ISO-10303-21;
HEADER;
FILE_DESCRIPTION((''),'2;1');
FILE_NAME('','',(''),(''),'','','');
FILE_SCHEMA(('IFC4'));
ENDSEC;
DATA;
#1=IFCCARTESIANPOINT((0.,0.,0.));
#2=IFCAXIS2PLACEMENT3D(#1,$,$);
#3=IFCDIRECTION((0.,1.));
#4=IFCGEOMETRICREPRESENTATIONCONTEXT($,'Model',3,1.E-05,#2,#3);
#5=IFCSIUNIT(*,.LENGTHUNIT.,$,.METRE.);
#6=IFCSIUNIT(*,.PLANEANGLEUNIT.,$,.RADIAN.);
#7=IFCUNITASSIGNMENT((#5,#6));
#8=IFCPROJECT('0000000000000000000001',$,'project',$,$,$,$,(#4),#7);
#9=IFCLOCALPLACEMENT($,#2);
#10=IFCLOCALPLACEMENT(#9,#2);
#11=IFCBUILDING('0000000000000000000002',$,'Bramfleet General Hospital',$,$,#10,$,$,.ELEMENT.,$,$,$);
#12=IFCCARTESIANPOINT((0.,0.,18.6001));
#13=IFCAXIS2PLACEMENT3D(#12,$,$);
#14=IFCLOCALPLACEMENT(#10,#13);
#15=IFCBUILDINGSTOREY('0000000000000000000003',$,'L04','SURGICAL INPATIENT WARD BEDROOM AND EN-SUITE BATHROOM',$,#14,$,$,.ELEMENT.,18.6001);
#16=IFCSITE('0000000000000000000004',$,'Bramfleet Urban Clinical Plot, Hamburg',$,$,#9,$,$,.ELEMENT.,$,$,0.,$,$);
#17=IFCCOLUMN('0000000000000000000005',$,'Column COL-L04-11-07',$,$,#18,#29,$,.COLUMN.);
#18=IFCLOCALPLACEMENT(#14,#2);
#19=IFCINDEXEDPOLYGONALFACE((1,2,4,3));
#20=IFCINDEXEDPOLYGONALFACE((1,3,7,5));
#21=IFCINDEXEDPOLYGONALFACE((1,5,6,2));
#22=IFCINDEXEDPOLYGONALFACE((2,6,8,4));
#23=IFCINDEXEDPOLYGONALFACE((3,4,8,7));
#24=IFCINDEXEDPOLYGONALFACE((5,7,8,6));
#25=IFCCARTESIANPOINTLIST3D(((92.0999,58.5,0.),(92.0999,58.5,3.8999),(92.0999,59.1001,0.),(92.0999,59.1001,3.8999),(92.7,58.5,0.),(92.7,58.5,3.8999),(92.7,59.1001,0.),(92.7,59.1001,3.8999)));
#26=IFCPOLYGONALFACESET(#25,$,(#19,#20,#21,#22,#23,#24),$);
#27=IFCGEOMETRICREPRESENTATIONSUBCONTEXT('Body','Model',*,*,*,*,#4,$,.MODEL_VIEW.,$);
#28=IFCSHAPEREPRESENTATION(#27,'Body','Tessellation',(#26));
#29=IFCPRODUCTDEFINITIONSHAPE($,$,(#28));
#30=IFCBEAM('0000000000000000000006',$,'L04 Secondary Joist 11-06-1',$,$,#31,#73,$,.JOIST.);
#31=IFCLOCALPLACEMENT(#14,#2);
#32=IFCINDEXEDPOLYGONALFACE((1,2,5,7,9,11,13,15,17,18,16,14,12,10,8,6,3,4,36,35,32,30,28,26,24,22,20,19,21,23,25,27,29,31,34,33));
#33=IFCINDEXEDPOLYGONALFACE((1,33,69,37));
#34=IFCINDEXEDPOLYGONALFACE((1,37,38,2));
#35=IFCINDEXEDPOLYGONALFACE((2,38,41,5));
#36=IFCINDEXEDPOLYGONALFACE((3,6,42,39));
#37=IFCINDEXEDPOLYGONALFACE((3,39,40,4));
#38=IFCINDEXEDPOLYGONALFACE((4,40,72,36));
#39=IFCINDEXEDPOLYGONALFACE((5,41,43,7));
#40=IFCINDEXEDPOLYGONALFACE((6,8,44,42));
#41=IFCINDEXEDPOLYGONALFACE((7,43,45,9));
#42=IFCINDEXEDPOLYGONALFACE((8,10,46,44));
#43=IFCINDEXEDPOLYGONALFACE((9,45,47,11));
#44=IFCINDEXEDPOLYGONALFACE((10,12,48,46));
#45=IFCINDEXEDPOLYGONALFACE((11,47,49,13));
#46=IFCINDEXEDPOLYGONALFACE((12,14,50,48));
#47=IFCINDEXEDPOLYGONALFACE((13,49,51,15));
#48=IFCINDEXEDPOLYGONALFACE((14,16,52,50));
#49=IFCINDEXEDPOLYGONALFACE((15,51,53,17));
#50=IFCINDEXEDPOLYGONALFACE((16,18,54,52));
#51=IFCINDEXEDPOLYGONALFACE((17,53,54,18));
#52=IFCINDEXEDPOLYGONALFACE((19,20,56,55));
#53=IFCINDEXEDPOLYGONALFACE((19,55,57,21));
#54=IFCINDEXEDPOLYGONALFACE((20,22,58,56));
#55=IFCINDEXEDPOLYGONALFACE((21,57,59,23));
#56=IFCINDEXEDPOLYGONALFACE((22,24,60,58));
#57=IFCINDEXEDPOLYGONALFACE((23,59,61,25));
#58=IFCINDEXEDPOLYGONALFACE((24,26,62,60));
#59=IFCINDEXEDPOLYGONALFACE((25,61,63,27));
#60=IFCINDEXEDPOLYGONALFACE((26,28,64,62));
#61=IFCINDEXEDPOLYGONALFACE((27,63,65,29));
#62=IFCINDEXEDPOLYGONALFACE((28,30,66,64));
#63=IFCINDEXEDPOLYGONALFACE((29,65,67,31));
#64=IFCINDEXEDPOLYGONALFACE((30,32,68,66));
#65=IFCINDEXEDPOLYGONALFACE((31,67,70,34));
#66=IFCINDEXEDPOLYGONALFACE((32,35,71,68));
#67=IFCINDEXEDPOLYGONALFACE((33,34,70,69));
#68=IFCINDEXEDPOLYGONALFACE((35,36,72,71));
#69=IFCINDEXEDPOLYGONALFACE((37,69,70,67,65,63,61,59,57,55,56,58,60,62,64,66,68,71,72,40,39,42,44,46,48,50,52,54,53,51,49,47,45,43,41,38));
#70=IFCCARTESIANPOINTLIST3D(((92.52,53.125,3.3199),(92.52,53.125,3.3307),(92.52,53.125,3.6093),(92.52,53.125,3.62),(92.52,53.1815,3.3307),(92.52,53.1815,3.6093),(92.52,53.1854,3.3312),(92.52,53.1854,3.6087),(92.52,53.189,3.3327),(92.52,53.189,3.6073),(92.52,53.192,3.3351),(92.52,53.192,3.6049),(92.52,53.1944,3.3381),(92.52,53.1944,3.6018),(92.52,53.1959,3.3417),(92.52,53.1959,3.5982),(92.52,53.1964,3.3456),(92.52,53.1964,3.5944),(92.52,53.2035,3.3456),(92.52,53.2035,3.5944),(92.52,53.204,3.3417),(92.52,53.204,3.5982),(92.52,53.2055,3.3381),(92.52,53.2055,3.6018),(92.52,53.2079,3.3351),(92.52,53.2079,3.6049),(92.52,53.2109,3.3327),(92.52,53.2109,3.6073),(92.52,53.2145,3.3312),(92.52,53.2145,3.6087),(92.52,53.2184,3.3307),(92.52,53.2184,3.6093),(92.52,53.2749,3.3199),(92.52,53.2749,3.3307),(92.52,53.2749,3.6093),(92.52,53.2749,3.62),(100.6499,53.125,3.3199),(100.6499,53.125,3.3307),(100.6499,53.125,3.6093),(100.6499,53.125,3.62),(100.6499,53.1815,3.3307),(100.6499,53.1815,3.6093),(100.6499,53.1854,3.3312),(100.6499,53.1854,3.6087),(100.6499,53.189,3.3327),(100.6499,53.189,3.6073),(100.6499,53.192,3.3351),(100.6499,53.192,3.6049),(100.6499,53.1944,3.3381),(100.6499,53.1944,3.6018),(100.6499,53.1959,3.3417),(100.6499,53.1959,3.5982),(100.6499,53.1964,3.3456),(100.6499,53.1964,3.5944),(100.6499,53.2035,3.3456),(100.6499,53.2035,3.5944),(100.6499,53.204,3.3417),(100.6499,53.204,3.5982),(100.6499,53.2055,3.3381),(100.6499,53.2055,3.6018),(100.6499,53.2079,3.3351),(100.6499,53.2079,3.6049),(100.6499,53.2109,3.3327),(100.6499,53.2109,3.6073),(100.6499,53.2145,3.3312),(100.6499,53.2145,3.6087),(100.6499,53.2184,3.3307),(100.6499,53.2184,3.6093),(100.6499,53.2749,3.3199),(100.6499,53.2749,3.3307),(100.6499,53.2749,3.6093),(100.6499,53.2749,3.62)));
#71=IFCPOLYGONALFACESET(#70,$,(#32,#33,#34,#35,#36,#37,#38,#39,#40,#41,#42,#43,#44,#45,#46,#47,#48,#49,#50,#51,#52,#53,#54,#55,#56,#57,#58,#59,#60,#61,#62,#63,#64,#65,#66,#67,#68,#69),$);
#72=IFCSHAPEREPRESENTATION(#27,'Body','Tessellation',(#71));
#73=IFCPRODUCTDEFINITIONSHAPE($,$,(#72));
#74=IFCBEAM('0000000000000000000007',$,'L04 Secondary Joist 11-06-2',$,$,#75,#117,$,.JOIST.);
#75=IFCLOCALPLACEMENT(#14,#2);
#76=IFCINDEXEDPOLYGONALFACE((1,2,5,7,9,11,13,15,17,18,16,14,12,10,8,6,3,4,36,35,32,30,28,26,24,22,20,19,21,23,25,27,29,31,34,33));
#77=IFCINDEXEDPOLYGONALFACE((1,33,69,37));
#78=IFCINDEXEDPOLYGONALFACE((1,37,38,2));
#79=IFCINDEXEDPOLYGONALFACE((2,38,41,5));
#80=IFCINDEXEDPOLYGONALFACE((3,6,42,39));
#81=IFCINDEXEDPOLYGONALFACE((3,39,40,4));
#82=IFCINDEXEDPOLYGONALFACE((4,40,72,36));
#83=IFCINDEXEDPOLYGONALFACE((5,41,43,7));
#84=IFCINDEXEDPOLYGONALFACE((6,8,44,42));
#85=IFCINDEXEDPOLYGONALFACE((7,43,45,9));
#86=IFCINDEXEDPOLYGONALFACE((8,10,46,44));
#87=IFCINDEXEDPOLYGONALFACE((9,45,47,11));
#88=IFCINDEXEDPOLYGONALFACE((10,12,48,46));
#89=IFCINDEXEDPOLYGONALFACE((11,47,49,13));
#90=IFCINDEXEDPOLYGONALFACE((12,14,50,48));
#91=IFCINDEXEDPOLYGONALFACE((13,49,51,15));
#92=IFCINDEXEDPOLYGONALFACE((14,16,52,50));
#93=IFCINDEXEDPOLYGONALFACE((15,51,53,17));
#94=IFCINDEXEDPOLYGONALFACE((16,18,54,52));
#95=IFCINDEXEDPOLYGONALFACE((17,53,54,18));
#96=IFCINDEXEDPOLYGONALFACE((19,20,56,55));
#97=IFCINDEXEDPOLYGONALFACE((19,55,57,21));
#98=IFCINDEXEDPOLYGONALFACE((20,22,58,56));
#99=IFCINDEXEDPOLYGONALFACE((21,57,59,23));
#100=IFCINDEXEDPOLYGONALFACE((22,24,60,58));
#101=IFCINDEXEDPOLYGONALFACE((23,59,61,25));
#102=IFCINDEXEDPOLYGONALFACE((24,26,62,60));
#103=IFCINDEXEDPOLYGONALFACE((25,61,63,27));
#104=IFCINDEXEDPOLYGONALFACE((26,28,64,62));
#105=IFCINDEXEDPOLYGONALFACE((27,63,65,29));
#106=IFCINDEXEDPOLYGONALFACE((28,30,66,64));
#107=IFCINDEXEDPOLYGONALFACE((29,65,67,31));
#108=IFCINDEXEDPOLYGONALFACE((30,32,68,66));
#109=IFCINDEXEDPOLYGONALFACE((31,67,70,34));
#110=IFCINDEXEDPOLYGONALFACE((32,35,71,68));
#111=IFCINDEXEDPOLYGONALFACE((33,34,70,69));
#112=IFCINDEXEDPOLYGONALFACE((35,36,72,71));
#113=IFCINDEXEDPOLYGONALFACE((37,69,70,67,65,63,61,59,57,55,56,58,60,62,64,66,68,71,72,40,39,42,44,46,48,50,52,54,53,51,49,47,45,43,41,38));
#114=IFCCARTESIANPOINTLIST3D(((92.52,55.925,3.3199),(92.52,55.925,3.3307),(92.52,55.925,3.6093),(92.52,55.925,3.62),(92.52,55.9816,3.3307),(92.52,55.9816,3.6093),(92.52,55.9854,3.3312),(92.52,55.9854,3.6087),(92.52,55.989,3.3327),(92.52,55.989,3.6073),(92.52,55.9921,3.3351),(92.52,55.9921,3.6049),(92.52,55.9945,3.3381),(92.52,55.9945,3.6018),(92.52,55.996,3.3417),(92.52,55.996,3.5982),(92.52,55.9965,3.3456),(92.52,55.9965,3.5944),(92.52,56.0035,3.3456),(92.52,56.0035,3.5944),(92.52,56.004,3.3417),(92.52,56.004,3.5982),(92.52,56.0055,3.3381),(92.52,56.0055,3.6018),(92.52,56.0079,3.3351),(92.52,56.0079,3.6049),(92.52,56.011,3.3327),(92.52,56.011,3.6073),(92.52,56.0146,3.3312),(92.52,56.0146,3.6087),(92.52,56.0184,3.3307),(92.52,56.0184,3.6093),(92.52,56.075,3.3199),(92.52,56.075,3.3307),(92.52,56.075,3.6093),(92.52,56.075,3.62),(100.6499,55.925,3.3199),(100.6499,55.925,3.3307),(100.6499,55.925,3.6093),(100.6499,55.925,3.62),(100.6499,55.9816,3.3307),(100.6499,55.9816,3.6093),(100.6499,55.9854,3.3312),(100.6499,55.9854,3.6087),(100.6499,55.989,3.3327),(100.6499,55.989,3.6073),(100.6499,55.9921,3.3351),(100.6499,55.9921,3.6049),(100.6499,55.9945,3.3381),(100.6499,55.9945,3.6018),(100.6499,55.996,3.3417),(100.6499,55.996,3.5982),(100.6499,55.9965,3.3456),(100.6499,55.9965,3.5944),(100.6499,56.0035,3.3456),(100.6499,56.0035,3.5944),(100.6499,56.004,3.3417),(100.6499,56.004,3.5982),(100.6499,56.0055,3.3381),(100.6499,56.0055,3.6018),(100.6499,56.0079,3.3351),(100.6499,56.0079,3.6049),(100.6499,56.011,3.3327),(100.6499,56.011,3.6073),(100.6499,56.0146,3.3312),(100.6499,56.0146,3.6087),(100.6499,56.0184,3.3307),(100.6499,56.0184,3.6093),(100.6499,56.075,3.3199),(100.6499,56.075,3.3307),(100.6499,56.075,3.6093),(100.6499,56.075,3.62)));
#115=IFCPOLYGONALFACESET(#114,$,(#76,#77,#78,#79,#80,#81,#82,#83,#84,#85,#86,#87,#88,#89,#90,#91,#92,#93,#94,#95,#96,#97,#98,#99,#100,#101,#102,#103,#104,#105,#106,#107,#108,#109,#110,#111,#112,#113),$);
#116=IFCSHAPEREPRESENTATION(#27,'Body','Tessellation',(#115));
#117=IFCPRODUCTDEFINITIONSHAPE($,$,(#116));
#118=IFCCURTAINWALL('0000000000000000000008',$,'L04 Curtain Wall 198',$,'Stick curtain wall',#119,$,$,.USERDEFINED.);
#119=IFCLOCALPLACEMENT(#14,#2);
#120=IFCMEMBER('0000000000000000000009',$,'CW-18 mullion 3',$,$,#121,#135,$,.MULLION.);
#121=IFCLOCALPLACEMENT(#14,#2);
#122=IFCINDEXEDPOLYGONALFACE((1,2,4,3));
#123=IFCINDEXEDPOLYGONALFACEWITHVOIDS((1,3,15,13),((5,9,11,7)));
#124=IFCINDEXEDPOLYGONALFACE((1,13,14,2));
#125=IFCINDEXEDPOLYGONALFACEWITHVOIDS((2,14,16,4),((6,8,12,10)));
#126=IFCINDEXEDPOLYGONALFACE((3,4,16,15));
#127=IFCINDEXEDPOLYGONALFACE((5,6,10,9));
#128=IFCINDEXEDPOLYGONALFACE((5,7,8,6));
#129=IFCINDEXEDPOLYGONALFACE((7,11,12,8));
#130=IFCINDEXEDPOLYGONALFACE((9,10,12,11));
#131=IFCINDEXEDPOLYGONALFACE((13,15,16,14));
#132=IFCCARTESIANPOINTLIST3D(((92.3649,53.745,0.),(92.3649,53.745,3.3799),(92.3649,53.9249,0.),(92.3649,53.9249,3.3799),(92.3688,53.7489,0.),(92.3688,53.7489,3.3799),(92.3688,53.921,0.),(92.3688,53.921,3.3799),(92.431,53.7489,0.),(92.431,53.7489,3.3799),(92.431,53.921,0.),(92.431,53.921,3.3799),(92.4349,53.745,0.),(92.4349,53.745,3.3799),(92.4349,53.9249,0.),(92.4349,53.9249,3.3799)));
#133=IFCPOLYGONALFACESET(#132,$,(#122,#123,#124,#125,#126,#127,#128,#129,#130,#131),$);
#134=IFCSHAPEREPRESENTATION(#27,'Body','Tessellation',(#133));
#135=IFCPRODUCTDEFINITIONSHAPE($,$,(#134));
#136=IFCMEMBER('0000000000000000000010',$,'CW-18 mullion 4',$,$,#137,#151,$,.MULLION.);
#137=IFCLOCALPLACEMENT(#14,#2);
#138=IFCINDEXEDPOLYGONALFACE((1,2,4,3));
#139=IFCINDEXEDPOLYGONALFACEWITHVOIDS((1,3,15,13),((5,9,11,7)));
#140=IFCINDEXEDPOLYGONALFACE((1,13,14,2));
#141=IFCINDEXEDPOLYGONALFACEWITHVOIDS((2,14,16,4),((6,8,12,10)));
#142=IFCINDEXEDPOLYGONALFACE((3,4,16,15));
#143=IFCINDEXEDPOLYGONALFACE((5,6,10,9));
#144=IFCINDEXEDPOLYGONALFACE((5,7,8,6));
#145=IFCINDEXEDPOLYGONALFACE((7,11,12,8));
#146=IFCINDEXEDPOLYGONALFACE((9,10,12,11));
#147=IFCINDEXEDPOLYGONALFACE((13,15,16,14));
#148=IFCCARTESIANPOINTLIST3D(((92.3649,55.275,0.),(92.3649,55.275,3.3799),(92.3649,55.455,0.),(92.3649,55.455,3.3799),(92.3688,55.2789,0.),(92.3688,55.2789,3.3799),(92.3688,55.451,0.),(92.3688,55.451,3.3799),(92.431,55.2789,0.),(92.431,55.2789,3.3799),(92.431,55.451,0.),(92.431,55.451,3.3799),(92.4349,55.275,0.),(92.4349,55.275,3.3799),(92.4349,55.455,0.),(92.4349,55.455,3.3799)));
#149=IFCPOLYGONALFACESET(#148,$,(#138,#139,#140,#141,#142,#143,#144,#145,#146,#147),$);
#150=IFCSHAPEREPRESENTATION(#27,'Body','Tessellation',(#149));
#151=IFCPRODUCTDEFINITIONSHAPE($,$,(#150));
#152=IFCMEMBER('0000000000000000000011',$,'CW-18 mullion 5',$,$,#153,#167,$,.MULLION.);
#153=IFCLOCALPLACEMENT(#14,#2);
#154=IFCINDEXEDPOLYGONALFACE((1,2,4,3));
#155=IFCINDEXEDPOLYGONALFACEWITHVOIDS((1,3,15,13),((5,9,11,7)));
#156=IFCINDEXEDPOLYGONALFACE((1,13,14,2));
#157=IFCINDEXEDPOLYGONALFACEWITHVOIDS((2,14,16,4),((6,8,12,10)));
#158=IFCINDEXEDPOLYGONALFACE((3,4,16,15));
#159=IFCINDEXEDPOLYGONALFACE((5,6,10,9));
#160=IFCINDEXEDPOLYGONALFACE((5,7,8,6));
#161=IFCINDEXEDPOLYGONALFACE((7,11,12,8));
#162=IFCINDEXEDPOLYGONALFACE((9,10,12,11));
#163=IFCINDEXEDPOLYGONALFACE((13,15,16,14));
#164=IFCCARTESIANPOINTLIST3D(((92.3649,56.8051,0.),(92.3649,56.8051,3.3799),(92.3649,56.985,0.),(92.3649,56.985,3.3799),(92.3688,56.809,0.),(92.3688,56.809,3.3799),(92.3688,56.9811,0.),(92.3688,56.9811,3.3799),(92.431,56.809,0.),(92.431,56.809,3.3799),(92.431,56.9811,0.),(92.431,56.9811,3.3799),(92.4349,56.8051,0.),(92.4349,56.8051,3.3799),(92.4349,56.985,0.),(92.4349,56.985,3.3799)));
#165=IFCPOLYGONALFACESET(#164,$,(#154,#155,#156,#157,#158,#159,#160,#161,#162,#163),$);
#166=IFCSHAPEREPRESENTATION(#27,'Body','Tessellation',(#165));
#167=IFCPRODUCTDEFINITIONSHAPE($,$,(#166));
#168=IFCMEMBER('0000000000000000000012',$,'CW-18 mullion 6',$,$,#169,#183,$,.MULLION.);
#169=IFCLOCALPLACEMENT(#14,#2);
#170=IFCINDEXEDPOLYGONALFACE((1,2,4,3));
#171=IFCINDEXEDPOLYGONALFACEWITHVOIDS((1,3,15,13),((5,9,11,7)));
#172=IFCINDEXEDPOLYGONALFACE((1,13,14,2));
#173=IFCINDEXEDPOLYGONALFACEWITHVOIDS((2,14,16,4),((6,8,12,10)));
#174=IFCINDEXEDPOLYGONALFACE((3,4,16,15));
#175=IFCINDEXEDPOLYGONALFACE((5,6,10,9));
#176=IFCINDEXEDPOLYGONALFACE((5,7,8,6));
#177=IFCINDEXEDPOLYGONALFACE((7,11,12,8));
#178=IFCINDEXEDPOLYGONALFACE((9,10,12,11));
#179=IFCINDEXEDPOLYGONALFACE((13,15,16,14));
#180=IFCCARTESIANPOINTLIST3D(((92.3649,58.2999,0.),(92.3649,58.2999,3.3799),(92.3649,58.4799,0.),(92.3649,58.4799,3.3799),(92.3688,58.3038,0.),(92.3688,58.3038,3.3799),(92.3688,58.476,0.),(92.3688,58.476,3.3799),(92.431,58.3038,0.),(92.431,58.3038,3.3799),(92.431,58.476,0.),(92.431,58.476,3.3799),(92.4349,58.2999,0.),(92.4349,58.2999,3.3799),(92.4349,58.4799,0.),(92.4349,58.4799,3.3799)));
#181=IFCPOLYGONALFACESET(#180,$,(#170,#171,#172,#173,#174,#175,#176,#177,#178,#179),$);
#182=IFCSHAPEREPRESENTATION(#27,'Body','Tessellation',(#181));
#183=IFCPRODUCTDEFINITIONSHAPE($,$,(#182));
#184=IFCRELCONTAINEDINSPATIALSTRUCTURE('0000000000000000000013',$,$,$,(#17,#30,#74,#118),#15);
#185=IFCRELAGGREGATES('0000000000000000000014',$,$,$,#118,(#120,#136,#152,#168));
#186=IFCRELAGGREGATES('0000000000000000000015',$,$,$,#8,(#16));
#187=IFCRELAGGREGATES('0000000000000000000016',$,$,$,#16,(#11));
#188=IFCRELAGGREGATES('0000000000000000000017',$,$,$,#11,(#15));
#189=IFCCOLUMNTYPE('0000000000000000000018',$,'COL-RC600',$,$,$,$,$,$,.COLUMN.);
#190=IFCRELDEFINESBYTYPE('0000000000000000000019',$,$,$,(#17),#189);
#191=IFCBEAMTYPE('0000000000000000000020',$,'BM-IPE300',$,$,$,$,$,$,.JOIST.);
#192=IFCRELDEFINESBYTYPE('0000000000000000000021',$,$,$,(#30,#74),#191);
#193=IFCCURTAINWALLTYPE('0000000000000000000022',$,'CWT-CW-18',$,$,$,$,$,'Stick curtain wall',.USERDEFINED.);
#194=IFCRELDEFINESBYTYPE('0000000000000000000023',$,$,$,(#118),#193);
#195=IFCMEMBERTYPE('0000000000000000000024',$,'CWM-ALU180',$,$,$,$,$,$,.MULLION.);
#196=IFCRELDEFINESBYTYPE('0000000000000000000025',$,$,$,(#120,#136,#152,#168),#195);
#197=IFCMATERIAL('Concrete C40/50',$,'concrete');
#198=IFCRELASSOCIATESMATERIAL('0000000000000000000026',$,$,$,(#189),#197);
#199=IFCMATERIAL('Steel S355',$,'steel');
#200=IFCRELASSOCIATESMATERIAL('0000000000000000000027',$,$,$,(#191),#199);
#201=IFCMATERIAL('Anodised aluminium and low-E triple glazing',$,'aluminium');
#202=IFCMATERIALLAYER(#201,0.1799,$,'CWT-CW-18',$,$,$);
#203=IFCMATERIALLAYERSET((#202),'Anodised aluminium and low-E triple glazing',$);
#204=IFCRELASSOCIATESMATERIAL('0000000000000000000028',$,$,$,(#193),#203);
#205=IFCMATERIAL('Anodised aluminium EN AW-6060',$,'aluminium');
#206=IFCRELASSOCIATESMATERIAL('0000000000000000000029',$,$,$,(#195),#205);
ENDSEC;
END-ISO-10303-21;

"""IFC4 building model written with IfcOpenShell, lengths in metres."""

from ifc_helpers import new_model, si_unit, direction, frame, origin, origin_2d, place, context, subcontext, project, spatial, rectangle, hollow_rectangle, i_section, extrude, material, layer, layer_set, material_profile, profile_set, type_object, element, aggregate, save


model = new_model("IFC4")

# Units and contexts
model_context = context("Model", 3, precision=1e-05, world=origin(), true_north=direction((0.0, 1.0)))
body_context = subcontext(model_context, "Body", "Model", "MODEL_VIEW")
ifc_project = project(units=[si_unit("LENGTHUNIT", "METRE"), si_unit("PLANEANGLEUNIT", "RADIAN")], contexts=[model_context])

# Site, building, storey
site_placement = place(None, origin())
site = spatial("IfcSite", under=ifc_project, at=site_placement, Name="Bramfleet Urban Clinical Plot, Hamburg", CompositionType="ELEMENT", RefElevation=0.0)
building_placement = place(site_placement, origin())
building = spatial("IfcBuilding", under=site, at=building_placement, Name="Bramfleet General Hospital", CompositionType="ELEMENT")
storey_placement = place(building_placement, frame((0.0, 0.0, 18.6001)))
storey = spatial("IfcBuildingStorey", under=building, at=storey_placement, Name="L04", Description="SURGICAL INPATIENT WARD BEDROOM AND EN-SUITE BATHROOM", CompositionType="ELEMENT", Elevation=18.6001)

# Column
ifc_material_1 = material(Name="Concrete C40/50", Category="concrete")
ifc_material_profile_1 = material_profile(ifc_material_1, rectangle(XDim=0.6001, YDim=0.6001, at=origin_2d()), Name="RC COL 600x600")
ifc_profile_set_1 = profile_set([ifc_material_profile_1], Name="Concrete C40/50")
column_type = type_object("IfcColumnType", Name="COL-RC600", PredefinedType="COLUMN", material=ifc_profile_set_1)
column_placement = place(storey_placement, frame((92.3999, 58.8, 0.0), z_axis=(0.0, 0.0, 1.0), x_axis=(1.0, 0.0, 0.0)))
element("IfcColumn", 1, at=column_placement, inside=storey, type_object=column_type, Name="Column COL-L04-11-07", PredefinedType="COLUMN", context=body_context, shape_type="SweptSolid", body=[
    extrude(rectangle(XDim=0.6001, YDim=0.6001, at=origin_2d()), origin(), (0.0, 0.0, 1.0), 3.8999),
])

# Beams
ifc_material_2 = material(Name="Steel S355", Category="steel")
ifc_material_profile_2 = material_profile(ifc_material_2, i_section(OverallWidth=0.1499, OverallDepth=0.3, WebThickness=0.0071, FlangeThickness=0.0107, FilletRadius=0.0149, at=origin_2d()), Name="IPE 300")
ifc_profile_set_2 = profile_set([ifc_material_profile_2], Name="Steel S355")
beam_type = type_object("IfcBeamType", Name="BM-IPE300", PredefinedType="JOIST", material=ifc_profile_set_2)
for number, where, z_axis, x_axis, name in (
    (2, (92.52, 53.2, 3.47), (1.0, 0.0, 0.0), (0.0, 1.0, 0.0), "L04 Secondary Joist 11-06-1"),
    (3, (92.52, 56.0, 3.47), (1.0, 0.0, 0.0), (0.0, 1.0, 0.0), "L04 Secondary Joist 11-06-2"),
):
    element("IfcBeam", number, at=place(storey_placement, frame(where, z_axis=z_axis, x_axis=x_axis)), inside=storey, type_object=beam_type, Name=name, PredefinedType="JOIST", context=body_context, shape_type="SweptSolid", body=[
        extrude(i_section(OverallWidth=0.1499, OverallDepth=0.3, WebThickness=0.0071, FlangeThickness=0.0107, FilletRadius=0.0149, at=origin_2d()), origin(), (0.0, 0.0, 1.0), 8.1299),
    ])

# Curtain wall, members
ifc_material_3 = material(Name="Anodised aluminium and low-E triple glazing", Category="aluminium")
ifc_layer_1 = layer(ifc_material_3, 0.1799, Name="CWT-CW-18")
ifc_layer_set_1 = layer_set([ifc_layer_1], Name="Anodised aluminium and low-E triple glazing")
curtain_wall_type = type_object("IfcCurtainWallType", Name="CWT-CW-18", ElementType="Stick curtain wall", PredefinedType="USERDEFINED", material=ifc_layer_set_1)
curtain_wall_placement = place(storey_placement, origin())
curtain_wall = element("IfcCurtainWall", 4, at=curtain_wall_placement, inside=storey, type_object=curtain_wall_type, Name="L04 Curtain Wall 198", ObjectType="Stick curtain wall", PredefinedType="USERDEFINED")
ifc_material_4 = material(Name="Anodised aluminium EN AW-6060", Category="aluminium")
ifc_material_profile_3 = material_profile(ifc_material_4, hollow_rectangle(XDim=0.0701, YDim=0.1799, WallThickness=0.0039, at=origin_2d()), Name="ALU 180x70x4.0")
ifc_profile_set_3 = profile_set([ifc_material_profile_3], Name="Anodised aluminium EN AW-6060")
member_type_1 = type_object("IfcMemberType", Name="CWM-ALU180", PredefinedType="MULLION", material=ifc_profile_set_3)
member_1_placement = place(storey_placement, frame((92.3999, 53.835, 0.0), z_axis=(0.0, 0.0, 1.0), x_axis=(-1.0, 0.0, 0.0)))
member_1 = element("IfcMember", 5, at=member_1_placement, type_object=member_type_1, Name="CW-18 mullion 3", PredefinedType="MULLION", context=body_context, shape_type="SweptSolid", body=[
    extrude(hollow_rectangle(XDim=0.0701, YDim=0.1799, WallThickness=0.0039, at=origin_2d()), origin(), (0.0, 0.0, 1.0), 3.3799),
])
member_2_placement = place(storey_placement, frame((92.3999, 55.365, 0.0), z_axis=(0.0, 0.0, 1.0), x_axis=(-1.0, 0.0, 0.0)))
member_2 = element("IfcMember", 6, at=member_2_placement, type_object=member_type_1, Name="CW-18 mullion 4", PredefinedType="MULLION", context=body_context, shape_type="SweptSolid", body=[
    extrude(hollow_rectangle(XDim=0.0701, YDim=0.1799, WallThickness=0.0039, at=origin_2d()), origin(), (0.0, 0.0, 1.0), 3.3799),
])
member_3_placement = place(storey_placement, frame((92.3999, 56.895, 0.0), z_axis=(0.0, 0.0, 1.0), x_axis=(-1.0, 0.0, 0.0)))
member_3 = element("IfcMember", 7, at=member_3_placement, type_object=member_type_1, Name="CW-18 mullion 5", PredefinedType="MULLION", context=body_context, shape_type="SweptSolid", body=[
    extrude(hollow_rectangle(XDim=0.0701, YDim=0.1799, WallThickness=0.0039, at=origin_2d()), origin(), (0.0, 0.0, 1.0), 3.3799),
])
member_4_placement = place(storey_placement, frame((92.3999, 58.3899, 0.0), z_axis=(0.0, 0.0, 1.0), x_axis=(-1.0, 0.0, 0.0)))
member_4 = element("IfcMember", 8, at=member_4_placement, type_object=member_type_1, Name="CW-18 mullion 6", PredefinedType="MULLION", context=body_context, shape_type="SweptSolid", body=[
    extrude(hollow_rectangle(XDim=0.0701, YDim=0.1799, WallThickness=0.0039, at=origin_2d()), origin(), (0.0, 0.0, 1.0), 3.3799),
])
aggregate(curtain_wall, [member_1, member_2, member_3, member_4])

save(model, "model.ifc")
